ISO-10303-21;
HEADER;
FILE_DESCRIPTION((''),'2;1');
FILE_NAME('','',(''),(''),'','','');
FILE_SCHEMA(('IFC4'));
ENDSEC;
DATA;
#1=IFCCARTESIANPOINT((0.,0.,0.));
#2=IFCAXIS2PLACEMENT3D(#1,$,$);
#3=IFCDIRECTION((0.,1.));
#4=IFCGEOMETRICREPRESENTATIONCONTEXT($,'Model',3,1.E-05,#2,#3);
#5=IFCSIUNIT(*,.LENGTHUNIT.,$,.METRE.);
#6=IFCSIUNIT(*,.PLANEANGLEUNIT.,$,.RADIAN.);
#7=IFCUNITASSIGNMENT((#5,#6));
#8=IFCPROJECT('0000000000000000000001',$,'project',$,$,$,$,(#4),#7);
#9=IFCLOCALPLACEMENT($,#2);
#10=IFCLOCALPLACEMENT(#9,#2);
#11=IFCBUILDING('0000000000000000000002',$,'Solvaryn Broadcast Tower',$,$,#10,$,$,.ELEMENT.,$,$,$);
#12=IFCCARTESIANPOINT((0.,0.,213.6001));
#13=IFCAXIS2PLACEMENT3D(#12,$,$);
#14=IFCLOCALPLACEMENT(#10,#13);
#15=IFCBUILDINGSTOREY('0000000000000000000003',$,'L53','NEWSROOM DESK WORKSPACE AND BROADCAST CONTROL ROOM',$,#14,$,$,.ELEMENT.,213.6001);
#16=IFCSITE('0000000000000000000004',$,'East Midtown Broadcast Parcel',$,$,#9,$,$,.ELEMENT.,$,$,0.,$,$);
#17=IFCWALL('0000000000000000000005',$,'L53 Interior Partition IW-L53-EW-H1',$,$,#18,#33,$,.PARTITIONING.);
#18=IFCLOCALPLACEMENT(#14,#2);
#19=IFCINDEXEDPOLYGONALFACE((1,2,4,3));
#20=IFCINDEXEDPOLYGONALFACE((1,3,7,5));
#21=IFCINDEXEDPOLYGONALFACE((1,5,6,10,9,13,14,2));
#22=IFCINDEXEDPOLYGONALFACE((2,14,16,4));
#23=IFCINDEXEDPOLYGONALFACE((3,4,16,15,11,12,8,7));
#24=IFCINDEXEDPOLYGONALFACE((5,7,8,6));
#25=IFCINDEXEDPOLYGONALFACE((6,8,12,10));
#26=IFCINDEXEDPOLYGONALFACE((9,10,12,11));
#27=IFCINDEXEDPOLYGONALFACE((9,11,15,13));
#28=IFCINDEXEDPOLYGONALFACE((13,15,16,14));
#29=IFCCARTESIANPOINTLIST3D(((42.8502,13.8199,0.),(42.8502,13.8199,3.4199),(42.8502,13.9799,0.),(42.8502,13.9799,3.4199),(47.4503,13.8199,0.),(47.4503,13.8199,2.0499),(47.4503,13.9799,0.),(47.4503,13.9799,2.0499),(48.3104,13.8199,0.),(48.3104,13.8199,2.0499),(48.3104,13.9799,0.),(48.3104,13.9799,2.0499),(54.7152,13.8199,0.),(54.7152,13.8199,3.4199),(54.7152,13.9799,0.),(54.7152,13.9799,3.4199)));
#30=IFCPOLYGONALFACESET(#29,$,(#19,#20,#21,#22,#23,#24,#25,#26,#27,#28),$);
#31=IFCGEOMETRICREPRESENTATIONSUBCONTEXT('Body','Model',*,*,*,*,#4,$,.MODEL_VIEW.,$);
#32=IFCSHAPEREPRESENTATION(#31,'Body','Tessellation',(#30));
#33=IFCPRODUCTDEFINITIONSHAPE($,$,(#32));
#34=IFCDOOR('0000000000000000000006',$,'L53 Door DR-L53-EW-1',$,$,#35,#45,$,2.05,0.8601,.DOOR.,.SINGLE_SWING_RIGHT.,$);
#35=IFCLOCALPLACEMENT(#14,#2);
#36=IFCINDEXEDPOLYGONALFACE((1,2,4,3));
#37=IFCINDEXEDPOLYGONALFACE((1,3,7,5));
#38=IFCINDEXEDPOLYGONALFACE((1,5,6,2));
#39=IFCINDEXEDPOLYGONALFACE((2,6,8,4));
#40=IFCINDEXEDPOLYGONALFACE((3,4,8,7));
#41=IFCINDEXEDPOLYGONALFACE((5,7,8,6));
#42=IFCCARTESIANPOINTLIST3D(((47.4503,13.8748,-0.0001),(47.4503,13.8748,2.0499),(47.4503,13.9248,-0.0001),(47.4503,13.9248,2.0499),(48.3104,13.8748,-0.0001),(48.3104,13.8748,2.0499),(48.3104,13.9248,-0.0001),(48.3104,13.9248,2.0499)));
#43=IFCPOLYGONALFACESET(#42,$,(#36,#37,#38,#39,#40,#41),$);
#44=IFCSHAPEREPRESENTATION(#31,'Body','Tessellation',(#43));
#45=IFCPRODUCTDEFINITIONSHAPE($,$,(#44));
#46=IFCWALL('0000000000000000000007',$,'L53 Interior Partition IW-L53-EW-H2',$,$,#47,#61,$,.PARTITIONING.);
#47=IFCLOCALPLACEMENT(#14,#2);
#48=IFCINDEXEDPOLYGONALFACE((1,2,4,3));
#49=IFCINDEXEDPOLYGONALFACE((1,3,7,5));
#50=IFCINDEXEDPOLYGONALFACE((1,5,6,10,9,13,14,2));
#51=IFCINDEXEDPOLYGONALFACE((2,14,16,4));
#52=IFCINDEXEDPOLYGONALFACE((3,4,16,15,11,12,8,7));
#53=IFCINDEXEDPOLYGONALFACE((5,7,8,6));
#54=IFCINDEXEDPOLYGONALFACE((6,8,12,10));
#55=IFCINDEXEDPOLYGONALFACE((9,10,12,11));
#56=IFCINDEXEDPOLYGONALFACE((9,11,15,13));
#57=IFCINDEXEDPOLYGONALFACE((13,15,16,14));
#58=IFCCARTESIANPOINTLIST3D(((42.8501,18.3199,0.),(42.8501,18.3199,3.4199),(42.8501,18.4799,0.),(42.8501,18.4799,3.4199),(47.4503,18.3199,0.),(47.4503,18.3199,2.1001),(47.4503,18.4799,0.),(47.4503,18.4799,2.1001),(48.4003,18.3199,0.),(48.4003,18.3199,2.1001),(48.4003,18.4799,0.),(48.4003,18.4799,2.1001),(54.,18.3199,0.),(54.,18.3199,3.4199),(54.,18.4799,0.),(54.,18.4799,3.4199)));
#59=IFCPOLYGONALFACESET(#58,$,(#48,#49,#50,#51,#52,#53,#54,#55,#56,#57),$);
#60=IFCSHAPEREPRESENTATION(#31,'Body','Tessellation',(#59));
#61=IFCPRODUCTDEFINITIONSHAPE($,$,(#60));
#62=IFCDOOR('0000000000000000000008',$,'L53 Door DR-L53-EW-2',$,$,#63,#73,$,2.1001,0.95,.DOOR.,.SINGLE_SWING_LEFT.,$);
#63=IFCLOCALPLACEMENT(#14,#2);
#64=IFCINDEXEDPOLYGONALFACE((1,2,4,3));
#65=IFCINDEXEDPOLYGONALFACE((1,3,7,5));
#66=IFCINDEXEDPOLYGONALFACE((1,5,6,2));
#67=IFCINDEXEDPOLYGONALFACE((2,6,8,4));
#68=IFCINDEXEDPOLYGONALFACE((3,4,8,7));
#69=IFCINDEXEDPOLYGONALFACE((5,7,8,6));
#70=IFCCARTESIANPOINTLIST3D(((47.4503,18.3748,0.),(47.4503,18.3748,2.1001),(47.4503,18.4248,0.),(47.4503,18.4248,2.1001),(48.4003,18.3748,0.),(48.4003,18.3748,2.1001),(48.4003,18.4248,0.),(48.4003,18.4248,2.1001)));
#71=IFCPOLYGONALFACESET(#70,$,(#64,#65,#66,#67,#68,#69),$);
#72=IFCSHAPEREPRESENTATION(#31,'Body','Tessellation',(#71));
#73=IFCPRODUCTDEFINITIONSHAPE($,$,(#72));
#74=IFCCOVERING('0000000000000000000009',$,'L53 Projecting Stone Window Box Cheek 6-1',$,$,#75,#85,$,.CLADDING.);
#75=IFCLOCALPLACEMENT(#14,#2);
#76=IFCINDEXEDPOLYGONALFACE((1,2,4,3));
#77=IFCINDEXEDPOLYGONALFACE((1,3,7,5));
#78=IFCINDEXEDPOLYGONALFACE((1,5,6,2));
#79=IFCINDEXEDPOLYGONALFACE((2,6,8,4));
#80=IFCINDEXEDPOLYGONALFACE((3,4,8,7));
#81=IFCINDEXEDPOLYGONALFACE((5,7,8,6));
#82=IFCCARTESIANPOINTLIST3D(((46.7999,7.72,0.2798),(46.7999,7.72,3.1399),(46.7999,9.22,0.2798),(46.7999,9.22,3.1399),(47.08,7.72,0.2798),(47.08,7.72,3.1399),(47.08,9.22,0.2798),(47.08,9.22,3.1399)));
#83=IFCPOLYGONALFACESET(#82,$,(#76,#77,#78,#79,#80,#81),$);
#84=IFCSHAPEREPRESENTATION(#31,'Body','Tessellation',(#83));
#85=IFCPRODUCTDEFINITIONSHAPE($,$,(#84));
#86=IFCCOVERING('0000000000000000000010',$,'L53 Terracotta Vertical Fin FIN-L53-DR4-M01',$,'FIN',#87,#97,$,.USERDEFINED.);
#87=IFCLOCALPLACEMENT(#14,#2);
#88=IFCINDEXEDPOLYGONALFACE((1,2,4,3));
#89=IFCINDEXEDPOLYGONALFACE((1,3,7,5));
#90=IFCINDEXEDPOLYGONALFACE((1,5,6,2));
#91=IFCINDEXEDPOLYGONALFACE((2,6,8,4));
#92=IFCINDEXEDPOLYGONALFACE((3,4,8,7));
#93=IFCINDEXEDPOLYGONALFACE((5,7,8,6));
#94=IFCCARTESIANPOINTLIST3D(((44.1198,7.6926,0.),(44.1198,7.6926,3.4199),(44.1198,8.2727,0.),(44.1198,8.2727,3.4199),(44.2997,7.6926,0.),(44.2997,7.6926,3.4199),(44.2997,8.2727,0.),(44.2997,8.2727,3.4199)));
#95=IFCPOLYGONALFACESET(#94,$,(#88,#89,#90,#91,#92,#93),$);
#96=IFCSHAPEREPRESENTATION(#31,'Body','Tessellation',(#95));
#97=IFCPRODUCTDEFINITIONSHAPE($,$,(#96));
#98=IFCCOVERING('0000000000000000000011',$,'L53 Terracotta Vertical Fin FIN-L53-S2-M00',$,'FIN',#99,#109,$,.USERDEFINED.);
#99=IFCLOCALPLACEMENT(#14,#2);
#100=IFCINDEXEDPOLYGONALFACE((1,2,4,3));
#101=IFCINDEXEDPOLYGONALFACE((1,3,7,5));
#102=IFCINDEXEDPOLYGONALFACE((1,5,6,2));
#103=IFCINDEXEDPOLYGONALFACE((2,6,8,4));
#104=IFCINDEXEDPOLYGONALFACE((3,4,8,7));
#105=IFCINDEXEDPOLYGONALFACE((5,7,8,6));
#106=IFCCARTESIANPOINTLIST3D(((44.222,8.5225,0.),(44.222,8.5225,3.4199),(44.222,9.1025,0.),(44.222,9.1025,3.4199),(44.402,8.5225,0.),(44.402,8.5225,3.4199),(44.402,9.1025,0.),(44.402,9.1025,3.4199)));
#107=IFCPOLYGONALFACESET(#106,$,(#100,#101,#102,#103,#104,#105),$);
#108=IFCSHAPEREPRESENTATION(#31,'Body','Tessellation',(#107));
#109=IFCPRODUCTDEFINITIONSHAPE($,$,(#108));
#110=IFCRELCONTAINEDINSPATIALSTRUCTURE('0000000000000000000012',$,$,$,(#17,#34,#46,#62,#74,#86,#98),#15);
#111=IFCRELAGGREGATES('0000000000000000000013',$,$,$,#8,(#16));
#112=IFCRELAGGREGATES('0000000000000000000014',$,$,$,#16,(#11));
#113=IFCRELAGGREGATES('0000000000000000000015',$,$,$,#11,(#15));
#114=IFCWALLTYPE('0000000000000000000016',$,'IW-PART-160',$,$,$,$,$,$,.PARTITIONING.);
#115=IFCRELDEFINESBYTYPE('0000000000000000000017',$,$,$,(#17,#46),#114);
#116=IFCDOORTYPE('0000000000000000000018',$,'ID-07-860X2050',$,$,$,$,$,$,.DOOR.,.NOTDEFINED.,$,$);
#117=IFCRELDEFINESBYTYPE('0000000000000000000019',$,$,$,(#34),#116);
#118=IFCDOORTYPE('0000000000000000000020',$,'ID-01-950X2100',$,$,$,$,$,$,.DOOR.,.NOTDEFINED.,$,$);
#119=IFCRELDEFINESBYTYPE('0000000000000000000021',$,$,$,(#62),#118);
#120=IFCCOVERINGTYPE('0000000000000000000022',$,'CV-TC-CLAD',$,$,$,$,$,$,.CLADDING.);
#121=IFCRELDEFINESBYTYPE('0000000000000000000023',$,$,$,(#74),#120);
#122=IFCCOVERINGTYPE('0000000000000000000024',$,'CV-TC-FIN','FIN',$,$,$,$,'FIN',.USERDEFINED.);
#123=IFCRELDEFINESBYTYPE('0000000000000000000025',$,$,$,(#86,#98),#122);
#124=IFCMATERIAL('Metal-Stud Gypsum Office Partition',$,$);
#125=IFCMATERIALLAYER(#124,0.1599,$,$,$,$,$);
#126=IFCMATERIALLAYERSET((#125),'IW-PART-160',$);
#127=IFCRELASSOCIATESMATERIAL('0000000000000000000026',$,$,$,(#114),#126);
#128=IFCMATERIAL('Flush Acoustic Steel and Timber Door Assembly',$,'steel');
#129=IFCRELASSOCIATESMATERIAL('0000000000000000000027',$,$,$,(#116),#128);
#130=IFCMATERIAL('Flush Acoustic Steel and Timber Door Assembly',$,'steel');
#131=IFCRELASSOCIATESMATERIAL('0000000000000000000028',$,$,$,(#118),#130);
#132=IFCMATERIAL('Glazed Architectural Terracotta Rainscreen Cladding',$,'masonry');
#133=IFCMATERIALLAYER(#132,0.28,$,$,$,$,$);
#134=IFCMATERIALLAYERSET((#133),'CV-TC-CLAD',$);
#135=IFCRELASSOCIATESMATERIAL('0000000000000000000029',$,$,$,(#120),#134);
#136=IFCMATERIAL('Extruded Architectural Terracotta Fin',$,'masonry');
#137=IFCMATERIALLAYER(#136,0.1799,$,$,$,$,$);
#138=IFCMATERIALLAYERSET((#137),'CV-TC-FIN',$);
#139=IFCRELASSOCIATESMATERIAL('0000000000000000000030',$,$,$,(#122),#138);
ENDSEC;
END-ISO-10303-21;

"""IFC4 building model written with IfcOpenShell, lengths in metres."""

from ifc_helpers import new_model, si_unit, direction, frame, frame_2d, origin, origin_2d, place, context, subcontext, project, spatial, rectangle, extrude, material, layer, layer_set, type_object, element, fill, save


model = new_model("IFC4")

# Units and contexts
model_context = context("Model", 3, precision=1e-05, world=origin(), true_north=direction((0.0, 1.0)))
body_context = subcontext(model_context, "Body", "Model", "MODEL_VIEW")
ifc_project = project(units=[si_unit("LENGTHUNIT", "METRE"), si_unit("PLANEANGLEUNIT", "RADIAN")], contexts=[model_context])

# Site, building, storey
site_placement = place(None, origin())
site = spatial("IfcSite", under=ifc_project, at=site_placement, Name="East Midtown Broadcast Parcel", CompositionType="ELEMENT", RefElevation=0.0)
building_placement = place(site_placement, origin())
building = spatial("IfcBuilding", under=site, at=building_placement, Name="Solvaryn Broadcast Tower", CompositionType="ELEMENT")
storey_placement = place(building_placement, frame((0.0, 0.0, 213.6001)))
storey = spatial("IfcBuildingStorey", under=building, at=storey_placement, Name="L53", Description="NEWSROOM DESK WORKSPACE AND BROADCAST CONTROL ROOM", CompositionType="ELEMENT", Elevation=213.6001)

# Shared definitions
ifc_material_1 = material(Name="Metal-Stud Gypsum Office Partition")
ifc_layer_1 = layer(ifc_material_1, 0.1599)
ifc_layer_set_1 = layer_set([ifc_layer_1], Name="IW-PART-160")
wall_type_1 = type_object("IfcWallType", Name="IW-PART-160", PredefinedType="PARTITIONING", material=ifc_layer_set_1)

# Walls, openings, doors
wall_1_placement = place(storey_placement, frame((42.8501, 13.8999, 0.0), z_axis=(0.0, 0.0, 1.0), x_axis=(1.0, 0.0, 0.0)))
wall_1 = element("IfcWall", 1, at=wall_1_placement, inside=storey, type_object=wall_type_1, Name="L53 Interior Partition IW-L53-EW-H1", PredefinedType="PARTITIONING", context=body_context, shape_type="SweptSolid", body=[
    extrude(rectangle(XDim=11.865, YDim=0.1599, at=frame_2d((5.9326, 0.0))), origin(), (0.0, 0.0, 1.0), 3.4199),
])
opening_1_placement = place(wall_1_placement, frame((4.6001, 0.0, 0.0)))
opening_1 = element("IfcOpeningElement", 2, at=opening_1_placement, cuts=wall_1, PredefinedType="OPENING", context=body_context, shape_type="SweptSolid", body=[
    extrude(rectangle(XDim=0.8601, YDim=2.05, at=frame_2d((0.4302, 1.0249))), frame((0.0, 0.0901, 0.0), z_axis=(0.0, -1.0, 0.0), x_axis=(1.0, 0.0, 0.0)), (0.0, 0.0, 1.0), 0.1799),
])
ifc_material_2 = material(Name="Flush Acoustic Steel and Timber Door Assembly", Category="steel")
door_type_1 = type_object("IfcDoorType", Name="ID-07-860X2050", OperationType="NOTDEFINED", PredefinedType="DOOR", material=ifc_material_2)
door_1_placement = place(opening_1_placement, origin())
door_1 = element("IfcDoor", 3, at=door_1_placement, inside=storey, type_object=door_type_1, Name="L53 Door DR-L53-EW-1", OperationType="SINGLE_SWING_RIGHT", OverallHeight=2.05, OverallWidth=0.8601, PredefinedType="DOOR", context=body_context, shape_type="SweptSolid", body=[
    extrude(rectangle(XDim=0.8601, YDim=2.05, at=frame_2d((0.4302, 1.0249))), frame((0.0, 0.0249, 0.0), z_axis=(0.0, -1.0, 0.0), x_axis=(1.0, 0.0, 0.0)), (0.0, 0.0, 1.0), 0.05),
])
fill(opening_1, door_1)
wall_2_placement = place(storey_placement, frame((42.8501, 18.3999, 0.0), z_axis=(0.0, 0.0, 1.0), x_axis=(1.0, 0.0, 0.0)))
wall_2 = element("IfcWall", 4, at=wall_2_placement, inside=storey, type_object=wall_type_1, Name="L53 Interior Partition IW-L53-EW-H2", PredefinedType="PARTITIONING", context=body_context, shape_type="SweptSolid", body=[
    extrude(rectangle(XDim=11.1499, YDim=0.1599, at=frame_2d((5.575, 0.0))), origin(), (0.0, 0.0, 1.0), 3.4199),
])
opening_2_placement = place(wall_2_placement, frame((4.6001, 0.0, 0.0)))
opening_2 = element("IfcOpeningElement", 5, at=opening_2_placement, cuts=wall_2, PredefinedType="OPENING", context=body_context, shape_type="SweptSolid", body=[
    extrude(rectangle(XDim=0.95, YDim=2.1001, at=frame_2d((0.4751, 1.05))), frame((0.0, 0.0901, 0.0), z_axis=(0.0, -1.0, 0.0), x_axis=(1.0, 0.0, 0.0)), (0.0, 0.0, 1.0), 0.1799),
])
ifc_material_3 = material(Name="Flush Acoustic Steel and Timber Door Assembly", Category="steel")
door_type_2 = type_object("IfcDoorType", Name="ID-01-950X2100", OperationType="NOTDEFINED", PredefinedType="DOOR", material=ifc_material_3)
door_2_placement = place(opening_2_placement, origin())
door_2 = element("IfcDoor", 6, at=door_2_placement, inside=storey, type_object=door_type_2, Name="L53 Door DR-L53-EW-2", OperationType="SINGLE_SWING_LEFT", OverallHeight=2.1001, OverallWidth=0.95, PredefinedType="DOOR", context=body_context, shape_type="SweptSolid", body=[
    extrude(rectangle(XDim=0.95, YDim=2.1001, at=frame_2d((0.4751, 1.05))), frame((0.0, 0.0249, 0.0), z_axis=(0.0, -1.0, 0.0), x_axis=(1.0, 0.0, 0.0)), (0.0, 0.0, 1.0), 0.05),
])
fill(opening_2, door_2)

# Coverings
ifc_material_4 = material(Name="Glazed Architectural Terracotta Rainscreen Cladding", Category="masonry")
ifc_layer_2 = layer(ifc_material_4, 0.28)
ifc_layer_set_2 = layer_set([ifc_layer_2], Name="CV-TC-CLAD")
covering_type_1 = type_object("IfcCoveringType", Name="CV-TC-CLAD", PredefinedType="CLADDING", material=ifc_layer_set_2)
covering_placement = place(storey_placement, frame((46.9399, 8.47, 0.2798), z_axis=(0.0, 0.0, 1.0), x_axis=(1.0, 0.0, 0.0)))
element("IfcCovering", 7, at=covering_placement, inside=storey, type_object=covering_type_1, Name="L53 Projecting Stone Window Box Cheek 6-1", PredefinedType="CLADDING", context=body_context, shape_type="SweptSolid", body=[
    extrude(rectangle(XDim=0.28, YDim=1.5, at=origin_2d()), origin(), (0.0, 0.0, 1.0), 2.8601),
])
ifc_material_5 = material(Name="Extruded Architectural Terracotta Fin", Category="masonry")
ifc_layer_3 = layer(ifc_material_5, 0.1799)
ifc_layer_set_3 = layer_set([ifc_layer_3], Name="CV-TC-FIN")
covering_type_2 = type_object("IfcCoveringType", Name="CV-TC-FIN", Description="FIN", ElementType="FIN", PredefinedType="USERDEFINED", material=ifc_layer_set_3)
for number, where, z_axis, x_axis, name in (
    (8, (44.2097, 7.9827, 0.0), (0.0, 0.0, 1.0), (1.0, 0.0, 0.0), "L53 Terracotta Vertical Fin FIN-L53-DR4-M01"),
    (9, (44.312, 8.8125, 0.0), (0.0, 0.0, 1.0), (1.0, 0.0, 0.0), "L53 Terracotta Vertical Fin FIN-L53-S2-M00"),
):
    element("IfcCovering", number, at=place(storey_placement, frame(where, z_axis=z_axis, x_axis=x_axis)), inside=storey, type_object=covering_type_2, Name=name, ObjectType="FIN", PredefinedType="USERDEFINED", context=body_context, shape_type="SweptSolid", body=[
        extrude(rectangle(XDim=0.1799, YDim=0.5801, at=origin_2d()), origin(), (0.0, 0.0, 1.0), 3.4199),
    ])

save(model, "model.ifc")
